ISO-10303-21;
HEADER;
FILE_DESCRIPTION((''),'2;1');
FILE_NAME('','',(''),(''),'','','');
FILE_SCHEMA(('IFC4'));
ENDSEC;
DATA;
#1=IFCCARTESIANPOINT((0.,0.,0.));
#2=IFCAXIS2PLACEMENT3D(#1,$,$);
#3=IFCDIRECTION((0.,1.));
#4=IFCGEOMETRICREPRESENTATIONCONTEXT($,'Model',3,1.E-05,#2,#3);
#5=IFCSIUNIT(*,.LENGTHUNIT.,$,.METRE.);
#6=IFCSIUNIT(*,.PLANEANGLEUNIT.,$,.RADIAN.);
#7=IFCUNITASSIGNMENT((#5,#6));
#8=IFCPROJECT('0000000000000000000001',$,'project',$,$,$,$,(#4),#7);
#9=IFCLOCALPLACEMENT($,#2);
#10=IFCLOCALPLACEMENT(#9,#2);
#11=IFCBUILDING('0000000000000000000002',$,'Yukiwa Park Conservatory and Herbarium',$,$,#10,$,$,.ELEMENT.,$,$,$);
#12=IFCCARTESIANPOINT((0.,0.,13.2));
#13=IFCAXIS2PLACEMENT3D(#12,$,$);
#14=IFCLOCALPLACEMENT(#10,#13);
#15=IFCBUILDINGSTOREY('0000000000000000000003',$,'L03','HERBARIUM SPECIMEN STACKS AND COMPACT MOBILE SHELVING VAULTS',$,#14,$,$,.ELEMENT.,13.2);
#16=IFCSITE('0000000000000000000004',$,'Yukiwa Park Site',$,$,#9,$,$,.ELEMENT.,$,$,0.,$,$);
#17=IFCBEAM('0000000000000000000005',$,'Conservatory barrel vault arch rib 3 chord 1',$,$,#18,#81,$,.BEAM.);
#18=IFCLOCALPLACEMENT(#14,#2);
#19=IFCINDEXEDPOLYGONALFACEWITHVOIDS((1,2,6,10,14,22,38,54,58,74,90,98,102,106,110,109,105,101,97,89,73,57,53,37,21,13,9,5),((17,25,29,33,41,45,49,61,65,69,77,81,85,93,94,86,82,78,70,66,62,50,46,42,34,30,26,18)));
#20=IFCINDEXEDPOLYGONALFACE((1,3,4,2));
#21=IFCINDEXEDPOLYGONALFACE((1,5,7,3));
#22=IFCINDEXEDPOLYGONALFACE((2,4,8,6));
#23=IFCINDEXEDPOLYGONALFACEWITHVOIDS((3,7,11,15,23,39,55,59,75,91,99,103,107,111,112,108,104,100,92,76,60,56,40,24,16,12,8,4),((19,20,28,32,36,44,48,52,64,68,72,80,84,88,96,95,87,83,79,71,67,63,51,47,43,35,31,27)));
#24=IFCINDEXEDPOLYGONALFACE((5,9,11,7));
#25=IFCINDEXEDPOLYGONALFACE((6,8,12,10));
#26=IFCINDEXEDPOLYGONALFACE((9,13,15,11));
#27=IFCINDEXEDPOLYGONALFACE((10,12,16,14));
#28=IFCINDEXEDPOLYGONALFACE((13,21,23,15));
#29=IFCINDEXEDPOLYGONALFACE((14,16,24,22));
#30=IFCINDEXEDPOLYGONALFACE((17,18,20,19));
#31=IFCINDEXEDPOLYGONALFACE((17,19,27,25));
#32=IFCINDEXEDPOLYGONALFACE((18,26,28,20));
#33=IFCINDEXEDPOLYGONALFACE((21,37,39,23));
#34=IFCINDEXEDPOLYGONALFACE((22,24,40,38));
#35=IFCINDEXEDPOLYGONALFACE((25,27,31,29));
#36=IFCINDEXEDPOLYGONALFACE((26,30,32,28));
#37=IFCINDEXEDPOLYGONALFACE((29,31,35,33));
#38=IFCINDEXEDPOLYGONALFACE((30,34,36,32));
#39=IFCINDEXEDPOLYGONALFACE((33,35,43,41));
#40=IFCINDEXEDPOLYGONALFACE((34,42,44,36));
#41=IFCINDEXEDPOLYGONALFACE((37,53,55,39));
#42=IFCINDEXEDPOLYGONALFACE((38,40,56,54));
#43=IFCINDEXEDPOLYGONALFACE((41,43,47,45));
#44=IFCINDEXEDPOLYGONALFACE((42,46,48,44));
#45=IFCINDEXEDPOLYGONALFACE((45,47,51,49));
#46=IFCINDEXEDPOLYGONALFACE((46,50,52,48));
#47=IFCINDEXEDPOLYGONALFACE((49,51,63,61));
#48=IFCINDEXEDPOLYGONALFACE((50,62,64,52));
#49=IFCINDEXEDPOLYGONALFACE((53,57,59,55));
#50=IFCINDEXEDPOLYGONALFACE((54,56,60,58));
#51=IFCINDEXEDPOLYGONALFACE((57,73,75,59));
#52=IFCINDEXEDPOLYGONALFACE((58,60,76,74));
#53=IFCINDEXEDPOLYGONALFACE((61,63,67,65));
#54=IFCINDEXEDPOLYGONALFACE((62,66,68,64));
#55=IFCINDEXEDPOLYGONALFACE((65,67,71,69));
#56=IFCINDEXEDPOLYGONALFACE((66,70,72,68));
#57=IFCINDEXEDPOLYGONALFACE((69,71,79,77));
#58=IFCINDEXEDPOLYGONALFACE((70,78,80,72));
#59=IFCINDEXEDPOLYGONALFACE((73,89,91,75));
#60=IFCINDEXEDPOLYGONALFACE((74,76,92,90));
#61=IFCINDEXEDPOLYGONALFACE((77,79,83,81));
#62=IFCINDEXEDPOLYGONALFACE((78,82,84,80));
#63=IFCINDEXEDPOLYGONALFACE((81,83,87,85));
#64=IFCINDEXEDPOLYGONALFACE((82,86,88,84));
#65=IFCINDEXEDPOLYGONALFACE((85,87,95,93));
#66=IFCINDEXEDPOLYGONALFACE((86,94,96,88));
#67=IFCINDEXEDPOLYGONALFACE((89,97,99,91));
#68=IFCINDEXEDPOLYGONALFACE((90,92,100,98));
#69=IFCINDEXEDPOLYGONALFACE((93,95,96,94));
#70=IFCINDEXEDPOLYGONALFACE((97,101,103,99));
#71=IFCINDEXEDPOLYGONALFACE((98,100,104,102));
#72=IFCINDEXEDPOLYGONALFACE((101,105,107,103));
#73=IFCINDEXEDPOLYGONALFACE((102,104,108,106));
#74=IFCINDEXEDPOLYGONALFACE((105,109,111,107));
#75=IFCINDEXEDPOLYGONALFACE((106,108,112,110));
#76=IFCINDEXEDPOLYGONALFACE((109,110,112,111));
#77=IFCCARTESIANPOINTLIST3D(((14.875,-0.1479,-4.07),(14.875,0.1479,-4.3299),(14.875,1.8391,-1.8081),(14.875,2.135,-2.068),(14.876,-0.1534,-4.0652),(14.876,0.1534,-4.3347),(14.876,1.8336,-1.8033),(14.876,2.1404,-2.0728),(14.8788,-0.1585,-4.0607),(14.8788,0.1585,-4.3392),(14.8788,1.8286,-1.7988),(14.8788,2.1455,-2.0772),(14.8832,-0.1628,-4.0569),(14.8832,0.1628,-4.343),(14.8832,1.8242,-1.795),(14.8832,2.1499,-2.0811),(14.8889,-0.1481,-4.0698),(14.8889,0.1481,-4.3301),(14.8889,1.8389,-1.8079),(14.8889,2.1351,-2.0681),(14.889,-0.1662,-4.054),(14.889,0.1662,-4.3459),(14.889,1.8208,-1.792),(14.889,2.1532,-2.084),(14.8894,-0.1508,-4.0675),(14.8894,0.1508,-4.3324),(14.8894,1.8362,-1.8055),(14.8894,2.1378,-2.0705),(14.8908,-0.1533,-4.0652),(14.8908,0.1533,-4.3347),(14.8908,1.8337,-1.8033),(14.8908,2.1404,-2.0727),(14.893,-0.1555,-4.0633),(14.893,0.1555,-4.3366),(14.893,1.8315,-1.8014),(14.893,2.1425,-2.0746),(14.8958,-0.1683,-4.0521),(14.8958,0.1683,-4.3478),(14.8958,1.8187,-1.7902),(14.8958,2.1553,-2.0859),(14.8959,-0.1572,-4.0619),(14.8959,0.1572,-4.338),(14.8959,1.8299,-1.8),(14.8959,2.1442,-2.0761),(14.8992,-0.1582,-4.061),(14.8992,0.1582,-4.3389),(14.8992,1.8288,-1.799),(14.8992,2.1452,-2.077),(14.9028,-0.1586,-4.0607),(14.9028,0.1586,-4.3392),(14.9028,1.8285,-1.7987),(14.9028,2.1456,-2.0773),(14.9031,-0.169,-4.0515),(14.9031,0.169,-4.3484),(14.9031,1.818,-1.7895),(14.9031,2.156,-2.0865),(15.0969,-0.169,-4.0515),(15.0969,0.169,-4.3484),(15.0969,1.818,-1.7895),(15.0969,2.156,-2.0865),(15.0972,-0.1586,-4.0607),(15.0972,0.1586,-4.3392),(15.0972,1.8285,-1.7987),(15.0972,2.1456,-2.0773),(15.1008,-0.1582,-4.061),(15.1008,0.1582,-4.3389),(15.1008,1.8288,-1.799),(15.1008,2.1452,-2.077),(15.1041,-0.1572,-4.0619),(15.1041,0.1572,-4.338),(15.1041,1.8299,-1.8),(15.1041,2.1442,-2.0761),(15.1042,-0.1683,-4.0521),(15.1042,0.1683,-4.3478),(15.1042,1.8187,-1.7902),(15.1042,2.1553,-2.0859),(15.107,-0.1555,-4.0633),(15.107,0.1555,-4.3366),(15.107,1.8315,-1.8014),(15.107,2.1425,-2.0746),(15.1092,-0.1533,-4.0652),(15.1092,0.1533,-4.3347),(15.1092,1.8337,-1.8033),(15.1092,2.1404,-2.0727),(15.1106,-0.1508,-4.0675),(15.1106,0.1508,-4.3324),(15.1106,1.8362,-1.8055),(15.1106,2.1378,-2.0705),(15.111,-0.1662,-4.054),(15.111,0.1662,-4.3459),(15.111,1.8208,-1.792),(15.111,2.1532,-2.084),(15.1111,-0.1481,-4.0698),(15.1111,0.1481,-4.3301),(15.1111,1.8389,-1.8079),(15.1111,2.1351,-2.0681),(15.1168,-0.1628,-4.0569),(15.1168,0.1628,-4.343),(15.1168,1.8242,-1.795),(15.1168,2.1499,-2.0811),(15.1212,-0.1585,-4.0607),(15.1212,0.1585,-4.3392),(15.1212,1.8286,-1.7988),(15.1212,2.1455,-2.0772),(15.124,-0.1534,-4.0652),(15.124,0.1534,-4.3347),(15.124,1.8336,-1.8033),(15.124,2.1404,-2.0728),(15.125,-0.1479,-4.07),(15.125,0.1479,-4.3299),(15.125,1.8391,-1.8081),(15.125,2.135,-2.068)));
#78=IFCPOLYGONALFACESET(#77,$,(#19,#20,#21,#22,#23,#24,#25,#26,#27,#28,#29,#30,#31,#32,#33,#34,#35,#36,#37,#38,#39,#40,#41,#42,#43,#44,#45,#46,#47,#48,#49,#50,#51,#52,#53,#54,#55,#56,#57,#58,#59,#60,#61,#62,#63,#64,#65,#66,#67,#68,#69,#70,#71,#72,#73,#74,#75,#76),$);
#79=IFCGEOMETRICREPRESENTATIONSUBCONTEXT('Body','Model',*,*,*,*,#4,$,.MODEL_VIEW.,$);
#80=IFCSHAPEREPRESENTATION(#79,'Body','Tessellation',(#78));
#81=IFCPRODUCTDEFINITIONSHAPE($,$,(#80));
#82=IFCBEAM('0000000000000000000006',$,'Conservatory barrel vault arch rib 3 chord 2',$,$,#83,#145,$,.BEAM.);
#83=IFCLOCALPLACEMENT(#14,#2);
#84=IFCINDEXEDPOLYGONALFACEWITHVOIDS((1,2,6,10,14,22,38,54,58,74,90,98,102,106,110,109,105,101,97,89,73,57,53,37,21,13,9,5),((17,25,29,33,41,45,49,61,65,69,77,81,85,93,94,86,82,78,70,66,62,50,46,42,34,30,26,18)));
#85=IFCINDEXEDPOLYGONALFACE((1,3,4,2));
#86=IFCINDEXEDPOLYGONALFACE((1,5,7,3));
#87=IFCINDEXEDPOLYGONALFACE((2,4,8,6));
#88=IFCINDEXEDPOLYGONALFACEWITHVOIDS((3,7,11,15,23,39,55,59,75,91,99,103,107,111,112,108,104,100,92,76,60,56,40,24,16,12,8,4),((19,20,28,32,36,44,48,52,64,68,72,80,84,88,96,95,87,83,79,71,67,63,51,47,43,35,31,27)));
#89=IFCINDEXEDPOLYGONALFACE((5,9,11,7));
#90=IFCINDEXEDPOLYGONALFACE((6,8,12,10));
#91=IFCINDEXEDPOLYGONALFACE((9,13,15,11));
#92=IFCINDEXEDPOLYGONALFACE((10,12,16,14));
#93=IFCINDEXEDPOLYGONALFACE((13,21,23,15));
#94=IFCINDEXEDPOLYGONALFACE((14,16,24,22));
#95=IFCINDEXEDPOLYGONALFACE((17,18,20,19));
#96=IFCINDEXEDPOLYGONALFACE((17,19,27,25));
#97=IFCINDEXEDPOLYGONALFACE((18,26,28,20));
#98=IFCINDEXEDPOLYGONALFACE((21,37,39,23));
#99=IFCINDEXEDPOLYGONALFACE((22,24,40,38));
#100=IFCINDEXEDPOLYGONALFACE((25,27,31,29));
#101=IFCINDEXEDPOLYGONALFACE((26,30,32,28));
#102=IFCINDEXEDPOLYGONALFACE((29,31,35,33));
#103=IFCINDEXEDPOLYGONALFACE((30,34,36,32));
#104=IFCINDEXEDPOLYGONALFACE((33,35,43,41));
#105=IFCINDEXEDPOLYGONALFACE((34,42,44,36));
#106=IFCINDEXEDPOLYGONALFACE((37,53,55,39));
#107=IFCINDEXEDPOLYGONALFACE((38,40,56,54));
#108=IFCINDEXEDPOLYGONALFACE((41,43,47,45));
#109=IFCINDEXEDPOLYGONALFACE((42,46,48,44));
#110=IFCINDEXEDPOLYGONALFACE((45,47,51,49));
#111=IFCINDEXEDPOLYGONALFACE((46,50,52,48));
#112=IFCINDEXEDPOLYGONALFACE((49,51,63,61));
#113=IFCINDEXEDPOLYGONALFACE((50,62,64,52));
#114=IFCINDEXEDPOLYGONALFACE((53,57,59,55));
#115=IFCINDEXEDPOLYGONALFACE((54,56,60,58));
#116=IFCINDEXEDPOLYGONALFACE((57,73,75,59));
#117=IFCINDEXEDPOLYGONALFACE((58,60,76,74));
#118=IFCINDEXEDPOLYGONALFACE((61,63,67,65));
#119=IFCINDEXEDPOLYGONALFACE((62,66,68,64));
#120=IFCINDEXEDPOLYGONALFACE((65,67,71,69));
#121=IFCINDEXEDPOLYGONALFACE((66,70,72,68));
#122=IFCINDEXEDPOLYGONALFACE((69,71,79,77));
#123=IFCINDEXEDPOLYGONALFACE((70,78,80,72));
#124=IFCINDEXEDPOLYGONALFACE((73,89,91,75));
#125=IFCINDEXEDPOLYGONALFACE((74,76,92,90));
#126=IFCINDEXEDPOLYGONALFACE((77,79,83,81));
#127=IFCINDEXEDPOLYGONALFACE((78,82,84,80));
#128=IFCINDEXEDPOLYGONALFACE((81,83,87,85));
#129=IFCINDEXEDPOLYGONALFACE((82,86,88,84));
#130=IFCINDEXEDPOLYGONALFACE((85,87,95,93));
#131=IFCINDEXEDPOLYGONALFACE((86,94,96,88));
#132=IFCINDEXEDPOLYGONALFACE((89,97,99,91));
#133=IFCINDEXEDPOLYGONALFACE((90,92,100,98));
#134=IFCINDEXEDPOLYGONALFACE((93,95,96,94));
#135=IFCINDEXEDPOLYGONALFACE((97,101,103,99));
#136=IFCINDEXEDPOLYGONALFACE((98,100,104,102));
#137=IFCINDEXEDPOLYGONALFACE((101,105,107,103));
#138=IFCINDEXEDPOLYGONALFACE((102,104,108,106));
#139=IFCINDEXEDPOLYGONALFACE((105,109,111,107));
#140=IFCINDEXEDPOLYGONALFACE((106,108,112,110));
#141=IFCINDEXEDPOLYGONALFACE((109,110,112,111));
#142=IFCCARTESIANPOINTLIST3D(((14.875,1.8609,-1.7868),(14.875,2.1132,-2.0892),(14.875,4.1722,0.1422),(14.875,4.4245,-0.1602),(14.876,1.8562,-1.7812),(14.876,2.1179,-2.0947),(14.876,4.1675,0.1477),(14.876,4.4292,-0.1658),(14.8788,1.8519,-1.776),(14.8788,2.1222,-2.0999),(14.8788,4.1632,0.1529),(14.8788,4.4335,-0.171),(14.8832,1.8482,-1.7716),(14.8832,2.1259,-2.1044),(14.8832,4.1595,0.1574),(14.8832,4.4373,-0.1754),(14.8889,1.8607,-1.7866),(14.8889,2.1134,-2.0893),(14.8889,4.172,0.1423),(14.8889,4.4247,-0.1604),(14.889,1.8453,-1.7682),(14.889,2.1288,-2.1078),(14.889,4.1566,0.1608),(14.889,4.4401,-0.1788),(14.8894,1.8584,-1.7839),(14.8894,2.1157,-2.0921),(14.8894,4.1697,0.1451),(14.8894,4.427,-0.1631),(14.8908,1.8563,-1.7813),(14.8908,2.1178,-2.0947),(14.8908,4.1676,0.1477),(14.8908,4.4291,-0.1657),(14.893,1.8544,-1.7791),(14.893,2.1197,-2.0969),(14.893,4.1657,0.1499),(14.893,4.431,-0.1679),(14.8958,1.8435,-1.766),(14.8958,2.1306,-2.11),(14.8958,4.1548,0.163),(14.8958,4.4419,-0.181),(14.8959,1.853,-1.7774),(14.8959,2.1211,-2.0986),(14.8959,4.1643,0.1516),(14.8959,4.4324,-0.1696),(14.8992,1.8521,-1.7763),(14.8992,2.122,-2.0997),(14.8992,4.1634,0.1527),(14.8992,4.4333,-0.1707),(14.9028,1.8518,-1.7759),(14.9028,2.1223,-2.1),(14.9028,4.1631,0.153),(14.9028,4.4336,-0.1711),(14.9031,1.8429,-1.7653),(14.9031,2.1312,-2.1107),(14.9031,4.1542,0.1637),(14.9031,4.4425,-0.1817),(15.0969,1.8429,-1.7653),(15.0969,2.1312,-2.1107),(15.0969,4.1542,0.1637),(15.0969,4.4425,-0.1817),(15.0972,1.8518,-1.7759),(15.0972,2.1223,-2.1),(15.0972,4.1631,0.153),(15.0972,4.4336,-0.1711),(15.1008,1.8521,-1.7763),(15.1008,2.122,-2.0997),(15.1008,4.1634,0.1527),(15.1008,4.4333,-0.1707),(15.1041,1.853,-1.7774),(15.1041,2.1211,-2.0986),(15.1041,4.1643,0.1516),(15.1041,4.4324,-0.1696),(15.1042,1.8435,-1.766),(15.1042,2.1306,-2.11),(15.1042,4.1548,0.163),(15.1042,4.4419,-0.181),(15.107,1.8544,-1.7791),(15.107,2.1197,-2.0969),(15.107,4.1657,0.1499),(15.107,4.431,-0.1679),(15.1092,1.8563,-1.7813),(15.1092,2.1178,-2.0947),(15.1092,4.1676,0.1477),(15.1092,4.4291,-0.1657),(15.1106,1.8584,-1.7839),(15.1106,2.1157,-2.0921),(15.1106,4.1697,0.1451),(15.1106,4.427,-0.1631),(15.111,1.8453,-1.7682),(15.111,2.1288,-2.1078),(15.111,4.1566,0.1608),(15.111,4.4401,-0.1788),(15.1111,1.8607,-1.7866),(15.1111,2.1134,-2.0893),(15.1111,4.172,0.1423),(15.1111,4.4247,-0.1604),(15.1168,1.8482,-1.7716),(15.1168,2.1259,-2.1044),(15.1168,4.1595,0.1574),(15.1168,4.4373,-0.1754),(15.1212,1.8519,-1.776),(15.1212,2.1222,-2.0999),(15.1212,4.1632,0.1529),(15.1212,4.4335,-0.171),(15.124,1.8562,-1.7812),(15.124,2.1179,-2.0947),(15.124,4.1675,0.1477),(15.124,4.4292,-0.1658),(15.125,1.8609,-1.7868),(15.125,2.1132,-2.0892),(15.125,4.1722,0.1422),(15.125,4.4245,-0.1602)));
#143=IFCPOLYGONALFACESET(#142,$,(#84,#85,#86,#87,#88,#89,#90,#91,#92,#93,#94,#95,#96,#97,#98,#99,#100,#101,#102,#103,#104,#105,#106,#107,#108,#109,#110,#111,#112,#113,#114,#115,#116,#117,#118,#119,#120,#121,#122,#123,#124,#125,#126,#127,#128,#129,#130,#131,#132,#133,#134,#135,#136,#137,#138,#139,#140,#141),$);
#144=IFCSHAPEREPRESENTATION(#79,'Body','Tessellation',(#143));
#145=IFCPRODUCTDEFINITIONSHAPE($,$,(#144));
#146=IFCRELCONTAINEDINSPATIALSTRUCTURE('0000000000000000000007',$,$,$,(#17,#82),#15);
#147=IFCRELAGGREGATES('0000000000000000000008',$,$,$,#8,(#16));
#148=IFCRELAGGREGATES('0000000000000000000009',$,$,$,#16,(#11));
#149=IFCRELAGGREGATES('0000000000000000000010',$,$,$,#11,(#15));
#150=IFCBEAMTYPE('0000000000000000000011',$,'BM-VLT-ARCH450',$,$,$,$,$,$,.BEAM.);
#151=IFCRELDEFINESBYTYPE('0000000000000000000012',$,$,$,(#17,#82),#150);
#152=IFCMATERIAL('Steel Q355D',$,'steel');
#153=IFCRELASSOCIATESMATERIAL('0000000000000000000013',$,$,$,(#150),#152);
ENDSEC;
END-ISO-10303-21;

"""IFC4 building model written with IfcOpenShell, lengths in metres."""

from ifc_helpers import new_model, si_unit, direction, frame, origin, origin_2d, place, context, subcontext, project, spatial, hollow_rectangle, extrude, material, material_profile, profile_set, type_object, element, save


model = new_model("IFC4")

# Units and contexts
model_context = context("Model", 3, precision=1e-05, world=origin(), true_north=direction((0.0, 1.0)))
body_context = subcontext(model_context, "Body", "Model", "MODEL_VIEW")
ifc_project = project(units=[si_unit("LENGTHUNIT", "METRE"), si_unit("PLANEANGLEUNIT", "RADIAN")], contexts=[model_context])

# Site, building, storey
site_placement = place(None, origin())
site = spatial("IfcSite", under=ifc_project, at=site_placement, Name="Yukiwa Park Site", CompositionType="ELEMENT", RefElevation=0.0)
building_placement = place(site_placement, origin())
building = spatial("IfcBuilding", under=site, at=building_placement, Name="Yukiwa Park Conservatory and Herbarium", CompositionType="ELEMENT")
storey_placement = place(building_placement, frame((0.0, 0.0, 13.2)))
storey = spatial("IfcBuildingStorey", under=building, at=storey_placement, Name="L03", Description="HERBARIUM SPECIMEN STACKS AND COMPACT MOBILE SHELVING VAULTS", CompositionType="ELEMENT", Elevation=13.2)

# Beams
ifc_material_1 = material(Name="Steel Q355D", Category="steel")
ifc_material_profile_1 = material_profile(ifc_material_1, hollow_rectangle(XDim=0.25, YDim=0.45, WallThickness=0.0139, InnerFilletRadius=0.0139, OuterFilletRadius=0.0281, at=origin_2d()), Name="RHS 450x250x14")
ifc_profile_set_1 = profile_set([ifc_material_profile_1], Name="Steel Q355D")
beam_type = type_object("IfcBeamType", Name="BM-VLT-ARCH450", PredefinedType="BEAM", material=ifc_profile_set_1)
beam_1_placement = place(storey_placement, frame((15.0, 0.0, -4.2), z_axis=(0.0, 0.659979, 0.751284), x_axis=(-1.0, 0.0, 0.0)))
element("IfcBeam", 1, at=beam_1_placement, inside=storey, type_object=beam_type, Name="Conservatory barrel vault arch rib 3 chord 1", PredefinedType="BEAM", context=body_context, shape_type="SweptSolid", body=[
    extrude(hollow_rectangle(XDim=0.25, YDim=0.45, WallThickness=0.0139, InnerFilletRadius=0.0139, OuterFilletRadius=0.0281, at=origin_2d()), origin(), (0.0, 0.0, 1.0), 3.0107),
])
beam_2_placement = place(storey_placement, frame((15.0, 1.9871, -1.938), z_axis=(0.0, 0.767749, 0.640751), x_axis=(-1.0, 0.0, 0.0)))
element("IfcBeam", 2, at=beam_2_placement, inside=storey, type_object=beam_type, Name="Conservatory barrel vault arch rib 3 chord 2", PredefinedType="BEAM", context=body_context, shape_type="SweptSolid", body=[
    extrude(hollow_rectangle(XDim=0.25, YDim=0.45, WallThickness=0.0139, InnerFilletRadius=0.0139, OuterFilletRadius=0.0281, at=origin_2d()), origin(), (0.0, 0.0, 1.0), 3.0105),
])

save(model, "model.ifc")
